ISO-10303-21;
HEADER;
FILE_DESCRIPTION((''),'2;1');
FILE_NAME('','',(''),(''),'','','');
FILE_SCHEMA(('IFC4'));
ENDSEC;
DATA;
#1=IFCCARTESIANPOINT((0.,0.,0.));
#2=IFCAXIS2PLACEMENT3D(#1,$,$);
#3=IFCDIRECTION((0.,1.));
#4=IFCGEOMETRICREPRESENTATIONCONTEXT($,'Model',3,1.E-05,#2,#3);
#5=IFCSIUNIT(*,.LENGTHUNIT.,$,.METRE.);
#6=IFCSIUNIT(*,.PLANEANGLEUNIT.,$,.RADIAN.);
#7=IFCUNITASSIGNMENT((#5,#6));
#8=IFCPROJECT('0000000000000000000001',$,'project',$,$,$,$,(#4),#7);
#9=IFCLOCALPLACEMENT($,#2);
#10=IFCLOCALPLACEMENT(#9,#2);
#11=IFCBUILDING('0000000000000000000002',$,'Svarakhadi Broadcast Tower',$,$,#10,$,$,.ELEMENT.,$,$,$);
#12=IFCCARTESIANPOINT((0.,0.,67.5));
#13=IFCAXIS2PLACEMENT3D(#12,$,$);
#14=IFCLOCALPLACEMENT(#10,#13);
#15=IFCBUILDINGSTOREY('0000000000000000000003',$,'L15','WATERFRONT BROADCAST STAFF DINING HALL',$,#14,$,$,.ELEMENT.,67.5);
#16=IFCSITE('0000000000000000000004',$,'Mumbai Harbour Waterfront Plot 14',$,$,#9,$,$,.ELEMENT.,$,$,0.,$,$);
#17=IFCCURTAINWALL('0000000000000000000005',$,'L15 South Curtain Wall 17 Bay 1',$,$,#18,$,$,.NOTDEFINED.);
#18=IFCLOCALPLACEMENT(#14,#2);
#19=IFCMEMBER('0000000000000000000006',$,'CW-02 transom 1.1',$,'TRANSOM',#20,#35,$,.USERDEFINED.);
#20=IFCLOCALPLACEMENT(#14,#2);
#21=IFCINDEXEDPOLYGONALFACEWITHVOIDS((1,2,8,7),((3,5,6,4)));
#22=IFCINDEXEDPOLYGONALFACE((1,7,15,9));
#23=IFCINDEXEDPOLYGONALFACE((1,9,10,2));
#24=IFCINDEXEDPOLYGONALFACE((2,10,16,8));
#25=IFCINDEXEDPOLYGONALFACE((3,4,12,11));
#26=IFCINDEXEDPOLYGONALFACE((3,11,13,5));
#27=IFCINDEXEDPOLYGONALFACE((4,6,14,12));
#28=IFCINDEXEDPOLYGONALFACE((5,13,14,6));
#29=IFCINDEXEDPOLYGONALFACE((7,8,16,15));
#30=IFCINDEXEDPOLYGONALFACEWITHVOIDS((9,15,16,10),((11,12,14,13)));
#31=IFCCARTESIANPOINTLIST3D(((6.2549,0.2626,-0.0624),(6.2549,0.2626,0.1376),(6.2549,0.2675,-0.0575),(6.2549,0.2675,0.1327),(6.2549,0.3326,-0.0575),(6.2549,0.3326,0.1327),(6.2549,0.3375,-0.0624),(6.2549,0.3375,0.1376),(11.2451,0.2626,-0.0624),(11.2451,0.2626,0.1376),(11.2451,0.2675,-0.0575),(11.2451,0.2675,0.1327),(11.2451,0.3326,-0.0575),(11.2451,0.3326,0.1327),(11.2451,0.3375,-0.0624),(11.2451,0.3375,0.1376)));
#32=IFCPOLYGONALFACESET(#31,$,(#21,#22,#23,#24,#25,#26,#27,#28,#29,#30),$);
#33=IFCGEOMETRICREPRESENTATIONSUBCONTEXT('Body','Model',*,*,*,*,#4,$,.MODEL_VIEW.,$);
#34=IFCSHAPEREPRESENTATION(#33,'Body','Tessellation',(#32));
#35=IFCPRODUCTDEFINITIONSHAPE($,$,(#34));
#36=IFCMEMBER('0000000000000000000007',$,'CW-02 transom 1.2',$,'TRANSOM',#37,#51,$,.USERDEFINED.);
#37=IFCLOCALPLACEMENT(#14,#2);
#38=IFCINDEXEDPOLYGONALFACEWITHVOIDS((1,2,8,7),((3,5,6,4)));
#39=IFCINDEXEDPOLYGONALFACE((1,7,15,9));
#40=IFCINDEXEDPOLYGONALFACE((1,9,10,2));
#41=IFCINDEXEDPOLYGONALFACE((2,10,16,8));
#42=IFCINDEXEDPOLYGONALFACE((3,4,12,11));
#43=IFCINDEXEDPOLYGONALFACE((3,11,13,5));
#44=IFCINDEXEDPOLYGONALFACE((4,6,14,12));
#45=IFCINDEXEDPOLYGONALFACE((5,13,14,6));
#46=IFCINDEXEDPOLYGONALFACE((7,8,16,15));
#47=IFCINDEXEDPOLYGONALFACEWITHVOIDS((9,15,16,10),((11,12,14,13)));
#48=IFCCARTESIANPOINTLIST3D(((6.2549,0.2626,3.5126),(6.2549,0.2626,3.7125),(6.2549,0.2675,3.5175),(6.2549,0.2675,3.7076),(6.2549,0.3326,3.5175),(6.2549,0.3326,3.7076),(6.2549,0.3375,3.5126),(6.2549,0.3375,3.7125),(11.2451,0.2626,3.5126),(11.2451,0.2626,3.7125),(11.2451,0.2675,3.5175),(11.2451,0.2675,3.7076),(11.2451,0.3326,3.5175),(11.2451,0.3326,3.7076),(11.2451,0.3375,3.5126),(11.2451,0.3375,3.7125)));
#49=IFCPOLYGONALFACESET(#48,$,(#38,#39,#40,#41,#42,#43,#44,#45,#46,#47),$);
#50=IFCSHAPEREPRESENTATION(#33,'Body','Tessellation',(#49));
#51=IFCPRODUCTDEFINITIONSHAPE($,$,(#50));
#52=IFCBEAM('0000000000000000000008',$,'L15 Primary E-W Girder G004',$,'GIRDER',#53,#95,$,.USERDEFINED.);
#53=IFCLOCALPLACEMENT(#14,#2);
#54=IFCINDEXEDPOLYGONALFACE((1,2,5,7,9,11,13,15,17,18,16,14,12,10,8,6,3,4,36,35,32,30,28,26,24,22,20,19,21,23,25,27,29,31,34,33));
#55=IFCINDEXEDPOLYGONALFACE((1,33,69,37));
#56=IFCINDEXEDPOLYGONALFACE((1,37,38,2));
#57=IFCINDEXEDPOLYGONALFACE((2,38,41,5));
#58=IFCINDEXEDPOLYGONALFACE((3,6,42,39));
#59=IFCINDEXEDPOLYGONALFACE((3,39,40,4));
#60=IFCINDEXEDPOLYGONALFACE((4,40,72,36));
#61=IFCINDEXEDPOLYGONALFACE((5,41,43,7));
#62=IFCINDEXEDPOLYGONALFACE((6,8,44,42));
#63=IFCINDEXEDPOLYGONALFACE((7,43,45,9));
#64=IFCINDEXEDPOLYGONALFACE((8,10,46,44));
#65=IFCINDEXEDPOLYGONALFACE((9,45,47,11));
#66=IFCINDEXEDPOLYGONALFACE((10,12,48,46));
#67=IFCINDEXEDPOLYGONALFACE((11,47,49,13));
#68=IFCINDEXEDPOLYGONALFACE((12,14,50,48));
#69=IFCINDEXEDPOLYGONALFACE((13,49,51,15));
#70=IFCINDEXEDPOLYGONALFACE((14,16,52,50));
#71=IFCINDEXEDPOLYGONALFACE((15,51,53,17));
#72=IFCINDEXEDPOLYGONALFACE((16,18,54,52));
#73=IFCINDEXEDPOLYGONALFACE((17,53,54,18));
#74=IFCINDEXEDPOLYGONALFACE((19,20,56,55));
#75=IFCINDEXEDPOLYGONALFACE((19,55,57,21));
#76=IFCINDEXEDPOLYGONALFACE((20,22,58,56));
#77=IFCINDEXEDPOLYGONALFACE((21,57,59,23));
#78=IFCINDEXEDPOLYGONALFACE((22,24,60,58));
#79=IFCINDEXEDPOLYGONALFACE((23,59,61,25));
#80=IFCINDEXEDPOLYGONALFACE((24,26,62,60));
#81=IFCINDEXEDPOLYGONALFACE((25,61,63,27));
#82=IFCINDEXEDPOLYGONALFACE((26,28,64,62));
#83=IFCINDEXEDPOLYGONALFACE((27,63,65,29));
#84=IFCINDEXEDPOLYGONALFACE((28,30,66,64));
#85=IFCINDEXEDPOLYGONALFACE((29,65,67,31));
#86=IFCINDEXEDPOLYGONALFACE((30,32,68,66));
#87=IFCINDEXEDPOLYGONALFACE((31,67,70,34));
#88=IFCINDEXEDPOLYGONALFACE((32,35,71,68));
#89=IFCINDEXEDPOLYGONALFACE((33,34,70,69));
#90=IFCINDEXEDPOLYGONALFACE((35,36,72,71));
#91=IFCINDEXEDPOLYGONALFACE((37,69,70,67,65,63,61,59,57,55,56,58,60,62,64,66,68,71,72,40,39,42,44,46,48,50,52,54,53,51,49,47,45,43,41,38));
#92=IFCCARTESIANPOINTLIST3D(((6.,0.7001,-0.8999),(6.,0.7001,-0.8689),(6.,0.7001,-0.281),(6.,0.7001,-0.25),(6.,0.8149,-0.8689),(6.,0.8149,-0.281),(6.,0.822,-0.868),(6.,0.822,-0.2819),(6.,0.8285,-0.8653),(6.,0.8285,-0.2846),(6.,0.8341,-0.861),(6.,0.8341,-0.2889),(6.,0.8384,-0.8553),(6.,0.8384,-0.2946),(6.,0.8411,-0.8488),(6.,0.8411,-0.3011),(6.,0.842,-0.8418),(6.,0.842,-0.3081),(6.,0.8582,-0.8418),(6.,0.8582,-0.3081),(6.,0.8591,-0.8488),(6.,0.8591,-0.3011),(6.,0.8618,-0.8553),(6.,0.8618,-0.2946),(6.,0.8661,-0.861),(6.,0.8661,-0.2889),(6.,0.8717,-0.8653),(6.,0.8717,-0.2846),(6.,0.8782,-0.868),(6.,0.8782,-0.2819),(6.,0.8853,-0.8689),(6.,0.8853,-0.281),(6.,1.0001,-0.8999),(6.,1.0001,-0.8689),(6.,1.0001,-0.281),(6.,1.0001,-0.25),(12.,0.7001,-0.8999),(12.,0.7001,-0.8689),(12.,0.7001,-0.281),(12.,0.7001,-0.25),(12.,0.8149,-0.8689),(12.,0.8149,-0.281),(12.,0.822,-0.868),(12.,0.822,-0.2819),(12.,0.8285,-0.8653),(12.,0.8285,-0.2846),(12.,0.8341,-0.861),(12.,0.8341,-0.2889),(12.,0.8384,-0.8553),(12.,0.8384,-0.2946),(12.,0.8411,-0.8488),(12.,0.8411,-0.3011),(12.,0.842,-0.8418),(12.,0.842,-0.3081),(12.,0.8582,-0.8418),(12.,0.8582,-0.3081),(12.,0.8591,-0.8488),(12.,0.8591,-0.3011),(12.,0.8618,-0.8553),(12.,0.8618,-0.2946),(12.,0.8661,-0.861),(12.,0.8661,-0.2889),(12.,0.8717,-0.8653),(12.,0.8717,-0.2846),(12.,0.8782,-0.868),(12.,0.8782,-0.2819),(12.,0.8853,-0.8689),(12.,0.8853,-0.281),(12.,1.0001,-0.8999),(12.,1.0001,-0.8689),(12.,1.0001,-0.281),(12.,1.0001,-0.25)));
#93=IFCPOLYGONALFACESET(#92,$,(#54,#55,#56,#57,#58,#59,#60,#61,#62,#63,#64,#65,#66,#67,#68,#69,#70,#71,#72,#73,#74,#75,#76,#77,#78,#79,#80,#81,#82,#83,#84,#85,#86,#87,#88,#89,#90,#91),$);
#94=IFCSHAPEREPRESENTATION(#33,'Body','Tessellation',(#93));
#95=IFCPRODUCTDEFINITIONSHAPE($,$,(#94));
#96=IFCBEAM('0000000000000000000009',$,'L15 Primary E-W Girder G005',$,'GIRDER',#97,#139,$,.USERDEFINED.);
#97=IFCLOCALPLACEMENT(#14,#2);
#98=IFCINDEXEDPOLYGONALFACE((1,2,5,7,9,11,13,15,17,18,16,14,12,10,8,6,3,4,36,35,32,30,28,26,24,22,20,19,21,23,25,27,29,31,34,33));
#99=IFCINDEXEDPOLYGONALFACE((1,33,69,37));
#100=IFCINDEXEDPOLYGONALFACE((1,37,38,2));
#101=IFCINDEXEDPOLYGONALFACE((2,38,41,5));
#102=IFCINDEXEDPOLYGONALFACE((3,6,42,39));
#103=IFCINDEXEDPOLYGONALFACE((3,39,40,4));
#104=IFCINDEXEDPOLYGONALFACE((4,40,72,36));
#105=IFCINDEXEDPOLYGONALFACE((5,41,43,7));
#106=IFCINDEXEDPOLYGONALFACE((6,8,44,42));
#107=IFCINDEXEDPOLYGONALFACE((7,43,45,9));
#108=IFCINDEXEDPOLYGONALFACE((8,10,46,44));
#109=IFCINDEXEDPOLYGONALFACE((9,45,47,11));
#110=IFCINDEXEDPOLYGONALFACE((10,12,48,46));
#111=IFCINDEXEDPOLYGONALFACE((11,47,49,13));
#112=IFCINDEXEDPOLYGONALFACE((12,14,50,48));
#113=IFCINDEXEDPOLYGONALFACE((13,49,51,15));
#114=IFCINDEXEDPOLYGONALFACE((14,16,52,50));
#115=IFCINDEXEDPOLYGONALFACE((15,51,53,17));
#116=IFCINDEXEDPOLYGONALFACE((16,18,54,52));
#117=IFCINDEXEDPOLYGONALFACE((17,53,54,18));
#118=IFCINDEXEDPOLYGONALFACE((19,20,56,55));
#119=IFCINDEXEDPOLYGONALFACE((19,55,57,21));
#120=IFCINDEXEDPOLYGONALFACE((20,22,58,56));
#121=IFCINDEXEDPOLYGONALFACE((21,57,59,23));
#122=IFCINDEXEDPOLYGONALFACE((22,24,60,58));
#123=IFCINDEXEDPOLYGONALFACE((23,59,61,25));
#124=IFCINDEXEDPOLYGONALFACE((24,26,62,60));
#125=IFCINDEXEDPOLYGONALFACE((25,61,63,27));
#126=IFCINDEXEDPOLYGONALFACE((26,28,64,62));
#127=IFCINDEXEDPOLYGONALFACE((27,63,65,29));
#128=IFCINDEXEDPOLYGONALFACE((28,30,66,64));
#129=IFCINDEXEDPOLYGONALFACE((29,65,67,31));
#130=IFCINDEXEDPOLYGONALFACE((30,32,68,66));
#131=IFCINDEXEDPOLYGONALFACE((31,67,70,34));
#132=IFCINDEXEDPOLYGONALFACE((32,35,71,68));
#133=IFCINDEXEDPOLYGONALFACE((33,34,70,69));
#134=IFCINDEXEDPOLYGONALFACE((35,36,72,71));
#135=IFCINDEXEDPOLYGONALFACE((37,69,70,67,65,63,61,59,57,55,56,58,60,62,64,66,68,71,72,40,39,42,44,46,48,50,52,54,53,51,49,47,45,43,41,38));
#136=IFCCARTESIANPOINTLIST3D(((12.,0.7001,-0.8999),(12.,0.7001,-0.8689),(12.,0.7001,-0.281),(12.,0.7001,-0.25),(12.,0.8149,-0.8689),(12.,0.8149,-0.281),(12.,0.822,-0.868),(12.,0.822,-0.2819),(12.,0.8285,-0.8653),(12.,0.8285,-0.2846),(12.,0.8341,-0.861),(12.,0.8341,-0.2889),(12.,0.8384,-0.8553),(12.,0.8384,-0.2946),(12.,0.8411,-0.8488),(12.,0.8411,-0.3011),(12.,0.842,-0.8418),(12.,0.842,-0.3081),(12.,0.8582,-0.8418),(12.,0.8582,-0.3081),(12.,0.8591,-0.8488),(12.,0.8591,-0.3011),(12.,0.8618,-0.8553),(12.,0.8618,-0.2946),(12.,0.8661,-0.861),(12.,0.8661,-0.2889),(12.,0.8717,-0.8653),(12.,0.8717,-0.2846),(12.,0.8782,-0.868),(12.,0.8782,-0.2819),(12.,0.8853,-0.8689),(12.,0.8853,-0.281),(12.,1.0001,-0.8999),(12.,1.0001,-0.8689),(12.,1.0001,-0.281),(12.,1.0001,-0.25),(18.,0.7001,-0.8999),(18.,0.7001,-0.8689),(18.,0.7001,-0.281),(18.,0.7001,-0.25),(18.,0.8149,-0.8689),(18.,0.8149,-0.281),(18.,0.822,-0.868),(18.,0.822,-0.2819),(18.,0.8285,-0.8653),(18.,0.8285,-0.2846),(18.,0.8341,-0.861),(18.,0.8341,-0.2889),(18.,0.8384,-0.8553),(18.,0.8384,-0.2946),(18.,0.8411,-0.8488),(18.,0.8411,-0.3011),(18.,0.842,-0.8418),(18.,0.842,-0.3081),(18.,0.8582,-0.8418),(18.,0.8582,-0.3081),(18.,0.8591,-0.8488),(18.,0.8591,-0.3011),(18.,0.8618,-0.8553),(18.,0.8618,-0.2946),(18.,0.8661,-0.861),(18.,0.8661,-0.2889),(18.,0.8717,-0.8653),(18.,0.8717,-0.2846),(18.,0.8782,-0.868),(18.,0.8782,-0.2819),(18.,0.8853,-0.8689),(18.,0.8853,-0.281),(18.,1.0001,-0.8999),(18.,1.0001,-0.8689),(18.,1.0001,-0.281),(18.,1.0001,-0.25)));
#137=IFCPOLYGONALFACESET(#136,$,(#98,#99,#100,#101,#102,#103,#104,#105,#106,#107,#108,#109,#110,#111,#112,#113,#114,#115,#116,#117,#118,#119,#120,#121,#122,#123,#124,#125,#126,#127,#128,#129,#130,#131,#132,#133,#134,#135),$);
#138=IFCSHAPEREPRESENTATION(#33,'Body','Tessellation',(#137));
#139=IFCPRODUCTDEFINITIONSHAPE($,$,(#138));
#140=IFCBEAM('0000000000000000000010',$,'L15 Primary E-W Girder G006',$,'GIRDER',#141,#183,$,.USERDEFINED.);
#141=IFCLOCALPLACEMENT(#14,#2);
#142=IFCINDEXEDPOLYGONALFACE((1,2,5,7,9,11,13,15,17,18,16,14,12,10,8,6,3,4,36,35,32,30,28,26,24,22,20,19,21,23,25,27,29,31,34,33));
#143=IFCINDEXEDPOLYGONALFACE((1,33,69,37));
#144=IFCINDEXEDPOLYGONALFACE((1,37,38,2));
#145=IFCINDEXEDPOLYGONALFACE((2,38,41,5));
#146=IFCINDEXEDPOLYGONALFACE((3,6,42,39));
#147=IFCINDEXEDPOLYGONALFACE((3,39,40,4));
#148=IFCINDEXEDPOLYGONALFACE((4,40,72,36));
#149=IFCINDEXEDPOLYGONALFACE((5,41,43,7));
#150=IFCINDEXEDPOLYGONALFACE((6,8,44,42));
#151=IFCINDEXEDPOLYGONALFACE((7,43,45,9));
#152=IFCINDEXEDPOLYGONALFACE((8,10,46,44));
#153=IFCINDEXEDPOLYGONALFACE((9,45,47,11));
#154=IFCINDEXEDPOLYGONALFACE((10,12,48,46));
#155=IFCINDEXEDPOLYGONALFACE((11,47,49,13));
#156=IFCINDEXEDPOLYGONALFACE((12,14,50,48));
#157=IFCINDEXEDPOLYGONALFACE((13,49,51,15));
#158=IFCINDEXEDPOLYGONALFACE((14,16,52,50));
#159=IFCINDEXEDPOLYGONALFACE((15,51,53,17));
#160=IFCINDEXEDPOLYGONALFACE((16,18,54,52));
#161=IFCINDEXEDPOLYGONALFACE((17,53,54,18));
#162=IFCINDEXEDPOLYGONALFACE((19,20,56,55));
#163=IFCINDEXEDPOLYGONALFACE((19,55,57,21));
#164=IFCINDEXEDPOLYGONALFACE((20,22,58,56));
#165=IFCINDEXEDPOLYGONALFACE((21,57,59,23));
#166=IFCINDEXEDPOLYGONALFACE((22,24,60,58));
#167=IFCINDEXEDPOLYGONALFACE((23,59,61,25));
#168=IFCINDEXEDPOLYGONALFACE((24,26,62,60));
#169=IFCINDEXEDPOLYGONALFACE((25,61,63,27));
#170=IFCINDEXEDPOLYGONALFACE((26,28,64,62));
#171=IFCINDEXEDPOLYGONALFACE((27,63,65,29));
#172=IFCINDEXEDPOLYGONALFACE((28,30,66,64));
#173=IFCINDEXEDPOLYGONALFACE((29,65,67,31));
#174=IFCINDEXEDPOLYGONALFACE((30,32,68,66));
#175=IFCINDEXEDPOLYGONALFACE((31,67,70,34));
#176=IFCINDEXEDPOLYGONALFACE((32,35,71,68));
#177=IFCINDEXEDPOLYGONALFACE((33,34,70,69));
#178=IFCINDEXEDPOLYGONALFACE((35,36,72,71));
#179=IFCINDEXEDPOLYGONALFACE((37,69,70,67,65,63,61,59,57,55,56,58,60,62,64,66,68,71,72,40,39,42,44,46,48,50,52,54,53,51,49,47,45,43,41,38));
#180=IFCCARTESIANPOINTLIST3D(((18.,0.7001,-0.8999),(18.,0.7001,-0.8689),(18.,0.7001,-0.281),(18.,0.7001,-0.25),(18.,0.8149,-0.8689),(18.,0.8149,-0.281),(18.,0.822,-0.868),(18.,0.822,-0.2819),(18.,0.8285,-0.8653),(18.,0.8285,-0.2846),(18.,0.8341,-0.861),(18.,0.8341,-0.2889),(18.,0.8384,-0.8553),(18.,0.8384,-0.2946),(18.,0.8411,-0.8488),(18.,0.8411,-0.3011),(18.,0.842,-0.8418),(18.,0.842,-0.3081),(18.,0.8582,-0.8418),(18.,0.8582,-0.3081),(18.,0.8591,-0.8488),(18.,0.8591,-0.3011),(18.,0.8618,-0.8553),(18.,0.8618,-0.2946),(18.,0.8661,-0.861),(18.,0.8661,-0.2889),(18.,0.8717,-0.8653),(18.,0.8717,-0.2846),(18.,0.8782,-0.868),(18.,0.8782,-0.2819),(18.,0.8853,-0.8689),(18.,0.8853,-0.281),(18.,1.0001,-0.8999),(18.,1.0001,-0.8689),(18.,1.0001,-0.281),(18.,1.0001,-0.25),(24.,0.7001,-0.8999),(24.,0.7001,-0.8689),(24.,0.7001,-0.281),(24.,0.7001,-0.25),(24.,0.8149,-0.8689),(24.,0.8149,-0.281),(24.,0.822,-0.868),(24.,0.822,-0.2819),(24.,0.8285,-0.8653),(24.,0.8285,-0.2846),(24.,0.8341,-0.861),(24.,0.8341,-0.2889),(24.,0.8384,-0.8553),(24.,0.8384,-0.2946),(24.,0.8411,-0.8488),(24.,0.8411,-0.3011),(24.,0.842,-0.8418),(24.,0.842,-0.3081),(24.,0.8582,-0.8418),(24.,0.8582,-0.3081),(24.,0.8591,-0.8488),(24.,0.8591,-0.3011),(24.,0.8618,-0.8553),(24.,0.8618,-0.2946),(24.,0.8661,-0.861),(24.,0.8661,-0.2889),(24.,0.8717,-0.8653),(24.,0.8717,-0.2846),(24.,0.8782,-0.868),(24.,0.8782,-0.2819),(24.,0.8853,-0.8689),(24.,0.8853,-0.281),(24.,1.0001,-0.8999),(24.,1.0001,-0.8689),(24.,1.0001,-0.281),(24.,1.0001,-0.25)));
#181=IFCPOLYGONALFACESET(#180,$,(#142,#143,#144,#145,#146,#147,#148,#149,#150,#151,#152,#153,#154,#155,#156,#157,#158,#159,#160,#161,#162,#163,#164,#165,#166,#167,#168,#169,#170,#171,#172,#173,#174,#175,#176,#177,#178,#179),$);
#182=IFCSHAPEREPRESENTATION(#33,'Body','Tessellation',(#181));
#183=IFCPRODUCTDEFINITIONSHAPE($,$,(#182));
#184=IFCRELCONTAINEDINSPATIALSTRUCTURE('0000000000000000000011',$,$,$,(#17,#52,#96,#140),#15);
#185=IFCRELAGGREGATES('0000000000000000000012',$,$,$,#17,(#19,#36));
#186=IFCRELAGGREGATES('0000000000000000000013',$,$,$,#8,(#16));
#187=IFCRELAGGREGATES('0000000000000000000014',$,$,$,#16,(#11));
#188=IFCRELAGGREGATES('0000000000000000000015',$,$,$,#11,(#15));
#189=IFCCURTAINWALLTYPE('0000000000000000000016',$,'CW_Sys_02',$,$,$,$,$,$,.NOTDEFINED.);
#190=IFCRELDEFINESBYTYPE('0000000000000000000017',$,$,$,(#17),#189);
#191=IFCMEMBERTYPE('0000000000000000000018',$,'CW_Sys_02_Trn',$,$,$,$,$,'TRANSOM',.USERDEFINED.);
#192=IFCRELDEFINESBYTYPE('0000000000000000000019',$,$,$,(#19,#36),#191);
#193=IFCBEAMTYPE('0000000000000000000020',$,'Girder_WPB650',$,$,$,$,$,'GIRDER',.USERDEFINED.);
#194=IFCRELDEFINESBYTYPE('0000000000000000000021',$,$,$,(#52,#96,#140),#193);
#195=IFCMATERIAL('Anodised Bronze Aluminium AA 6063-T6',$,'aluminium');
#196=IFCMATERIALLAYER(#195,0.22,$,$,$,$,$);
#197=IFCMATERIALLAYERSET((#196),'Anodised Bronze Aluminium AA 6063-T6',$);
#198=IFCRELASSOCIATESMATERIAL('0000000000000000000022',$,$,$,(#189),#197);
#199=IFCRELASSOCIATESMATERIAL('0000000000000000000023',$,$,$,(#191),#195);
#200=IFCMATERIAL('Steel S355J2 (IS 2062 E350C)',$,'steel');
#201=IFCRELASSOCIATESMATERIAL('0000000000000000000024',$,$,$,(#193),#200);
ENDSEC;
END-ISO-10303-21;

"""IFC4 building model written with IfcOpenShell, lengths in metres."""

from ifc_helpers import new_model, si_unit, direction, frame, origin, origin_2d, place, context, subcontext, project, spatial, hollow_rectangle, i_section, extrude, material, layer, layer_set, material_profile, profile_set, type_object, element, aggregate, save


model = new_model("IFC4")

# Units and contexts
model_context = context("Model", 3, precision=1e-05, world=origin(), true_north=direction((0.0, 1.0)))
body_context = subcontext(model_context, "Body", "Model", "MODEL_VIEW")
ifc_project = project(units=[si_unit("LENGTHUNIT", "METRE"), si_unit("PLANEANGLEUNIT", "RADIAN")], contexts=[model_context])

# Site, building, storey
site_placement = place(None, origin())
site = spatial("IfcSite", under=ifc_project, at=site_placement, Name="Mumbai Harbour Waterfront Plot 14", CompositionType="ELEMENT", RefElevation=0.0)
building_placement = place(site_placement, origin())
building = spatial("IfcBuilding", under=site, at=building_placement, Name="Svarakhadi Broadcast Tower", CompositionType="ELEMENT")
storey_placement = place(building_placement, frame((0.0, 0.0, 67.5)))
storey = spatial("IfcBuildingStorey", under=building, at=storey_placement, Name="L15", Description="WATERFRONT BROADCAST STAFF DINING HALL", CompositionType="ELEMENT", Elevation=67.5)

# Shared definitions
ifc_material_1 = material(Name="Steel S355J2 (IS 2062 E350C)", Category="steel")

# Curtain wall, members
ifc_material_2 = material(Name="Anodised Bronze Aluminium AA 6063-T6", Category="aluminium")
ifc_layer_1 = layer(ifc_material_2, 0.22)
ifc_layer_set_1 = layer_set([ifc_layer_1], Name="Anodised Bronze Aluminium AA 6063-T6")
curtain_wall_type = type_object("IfcCurtainWallType", Name="CW_Sys_02", PredefinedType="NOTDEFINED", material=ifc_layer_set_1)
curtain_wall_placement = place(storey_placement, origin())
curtain_wall = element("IfcCurtainWall", 1, at=curtain_wall_placement, inside=storey, type_object=curtain_wall_type, Name="L15 South Curtain Wall 17 Bay 1", PredefinedType="NOTDEFINED")
ifc_material_profile_1 = material_profile(ifc_material_2, hollow_rectangle(XDim=0.075, YDim=0.2, WallThickness=0.0049, at=origin_2d()), Name="ALU TRANSOM 200x75x5")
ifc_profile_set_1 = profile_set([ifc_material_profile_1], Name="Anodised Bronze Aluminium AA 6063-T6")
member_type_1 = type_object("IfcMemberType", Name="CW_Sys_02_Trn", ElementType="TRANSOM", PredefinedType="USERDEFINED", material=ifc_profile_set_1)
member_1_placement = place(storey_placement, frame((11.2451, 0.3, 0.0376), z_axis=(-1.0, 0.0, 0.0), x_axis=(0.0, -1.0, 0.0)))
member_1 = element("IfcMember", 2, at=member_1_placement, type_object=member_type_1, Name="CW-02 transom 1.1", ObjectType="TRANSOM", PredefinedType="USERDEFINED", context=body_context, shape_type="SweptSolid", body=[
    extrude(hollow_rectangle(XDim=0.075, YDim=0.2, WallThickness=0.0049, at=origin_2d()), origin(), (0.0, 0.0, 1.0), 4.9902),
])
member_2_placement = place(storey_placement, frame((11.2451, 0.3, 3.6125), z_axis=(-1.0, 0.0, 0.0), x_axis=(0.0, -1.0, 0.0)))
member_2 = element("IfcMember", 3, at=member_2_placement, type_object=member_type_1, Name="CW-02 transom 1.2", ObjectType="TRANSOM", PredefinedType="USERDEFINED", context=body_context, shape_type="SweptSolid", body=[
    extrude(hollow_rectangle(XDim=0.075, YDim=0.2, WallThickness=0.0049, at=origin_2d()), origin(), (0.0, 0.0, 1.0), 4.9902),
])

# Beams
ifc_material_profile_2 = material_profile(ifc_material_1, i_section(OverallWidth=0.3, OverallDepth=0.6499, WebThickness=0.0161, FlangeThickness=0.031, FilletRadius=0.0271, at=origin_2d()), Name="WPB 650x300x225")
ifc_profile_set_2 = profile_set([ifc_material_profile_2], Name="Steel S355J2 (IS 2062 E350C)")
beam_type_1 = type_object("IfcBeamType", Name="Girder_WPB650", ElementType="GIRDER", PredefinedType="USERDEFINED", material=ifc_profile_set_2)
for number, where, z_axis, x_axis, name in (
    (4, (6.0, 0.8501, -0.575), (1.0, 0.0, 0.0), (0.0, 1.0, 0.0), "L15 Primary E-W Girder G004"),
    (5, (12.0, 0.8501, -0.575), (1.0, 0.0, 0.0), (0.0, 1.0, 0.0), "L15 Primary E-W Girder G005"),
    (6, (18.0, 0.8501, -0.575), (1.0, 0.0, 0.0), (0.0, 1.0, 0.0), "L15 Primary E-W Girder G006"),
):
    element("IfcBeam", number, at=place(storey_placement, frame(where, z_axis=z_axis, x_axis=x_axis)), inside=storey, type_object=beam_type_1, Name=name, ObjectType="GIRDER", PredefinedType="USERDEFINED", context=body_context, shape_type="SweptSolid", body=[
        extrude(i_section(OverallWidth=0.3, OverallDepth=0.6499, WebThickness=0.0161, FlangeThickness=0.031, FilletRadius=0.0271, at=origin_2d()), origin(), (0.0, 0.0, 1.0), 6.0),
    ])

aggregate(curtain_wall, [member_1, member_2])

save(model, "model.ifc")
